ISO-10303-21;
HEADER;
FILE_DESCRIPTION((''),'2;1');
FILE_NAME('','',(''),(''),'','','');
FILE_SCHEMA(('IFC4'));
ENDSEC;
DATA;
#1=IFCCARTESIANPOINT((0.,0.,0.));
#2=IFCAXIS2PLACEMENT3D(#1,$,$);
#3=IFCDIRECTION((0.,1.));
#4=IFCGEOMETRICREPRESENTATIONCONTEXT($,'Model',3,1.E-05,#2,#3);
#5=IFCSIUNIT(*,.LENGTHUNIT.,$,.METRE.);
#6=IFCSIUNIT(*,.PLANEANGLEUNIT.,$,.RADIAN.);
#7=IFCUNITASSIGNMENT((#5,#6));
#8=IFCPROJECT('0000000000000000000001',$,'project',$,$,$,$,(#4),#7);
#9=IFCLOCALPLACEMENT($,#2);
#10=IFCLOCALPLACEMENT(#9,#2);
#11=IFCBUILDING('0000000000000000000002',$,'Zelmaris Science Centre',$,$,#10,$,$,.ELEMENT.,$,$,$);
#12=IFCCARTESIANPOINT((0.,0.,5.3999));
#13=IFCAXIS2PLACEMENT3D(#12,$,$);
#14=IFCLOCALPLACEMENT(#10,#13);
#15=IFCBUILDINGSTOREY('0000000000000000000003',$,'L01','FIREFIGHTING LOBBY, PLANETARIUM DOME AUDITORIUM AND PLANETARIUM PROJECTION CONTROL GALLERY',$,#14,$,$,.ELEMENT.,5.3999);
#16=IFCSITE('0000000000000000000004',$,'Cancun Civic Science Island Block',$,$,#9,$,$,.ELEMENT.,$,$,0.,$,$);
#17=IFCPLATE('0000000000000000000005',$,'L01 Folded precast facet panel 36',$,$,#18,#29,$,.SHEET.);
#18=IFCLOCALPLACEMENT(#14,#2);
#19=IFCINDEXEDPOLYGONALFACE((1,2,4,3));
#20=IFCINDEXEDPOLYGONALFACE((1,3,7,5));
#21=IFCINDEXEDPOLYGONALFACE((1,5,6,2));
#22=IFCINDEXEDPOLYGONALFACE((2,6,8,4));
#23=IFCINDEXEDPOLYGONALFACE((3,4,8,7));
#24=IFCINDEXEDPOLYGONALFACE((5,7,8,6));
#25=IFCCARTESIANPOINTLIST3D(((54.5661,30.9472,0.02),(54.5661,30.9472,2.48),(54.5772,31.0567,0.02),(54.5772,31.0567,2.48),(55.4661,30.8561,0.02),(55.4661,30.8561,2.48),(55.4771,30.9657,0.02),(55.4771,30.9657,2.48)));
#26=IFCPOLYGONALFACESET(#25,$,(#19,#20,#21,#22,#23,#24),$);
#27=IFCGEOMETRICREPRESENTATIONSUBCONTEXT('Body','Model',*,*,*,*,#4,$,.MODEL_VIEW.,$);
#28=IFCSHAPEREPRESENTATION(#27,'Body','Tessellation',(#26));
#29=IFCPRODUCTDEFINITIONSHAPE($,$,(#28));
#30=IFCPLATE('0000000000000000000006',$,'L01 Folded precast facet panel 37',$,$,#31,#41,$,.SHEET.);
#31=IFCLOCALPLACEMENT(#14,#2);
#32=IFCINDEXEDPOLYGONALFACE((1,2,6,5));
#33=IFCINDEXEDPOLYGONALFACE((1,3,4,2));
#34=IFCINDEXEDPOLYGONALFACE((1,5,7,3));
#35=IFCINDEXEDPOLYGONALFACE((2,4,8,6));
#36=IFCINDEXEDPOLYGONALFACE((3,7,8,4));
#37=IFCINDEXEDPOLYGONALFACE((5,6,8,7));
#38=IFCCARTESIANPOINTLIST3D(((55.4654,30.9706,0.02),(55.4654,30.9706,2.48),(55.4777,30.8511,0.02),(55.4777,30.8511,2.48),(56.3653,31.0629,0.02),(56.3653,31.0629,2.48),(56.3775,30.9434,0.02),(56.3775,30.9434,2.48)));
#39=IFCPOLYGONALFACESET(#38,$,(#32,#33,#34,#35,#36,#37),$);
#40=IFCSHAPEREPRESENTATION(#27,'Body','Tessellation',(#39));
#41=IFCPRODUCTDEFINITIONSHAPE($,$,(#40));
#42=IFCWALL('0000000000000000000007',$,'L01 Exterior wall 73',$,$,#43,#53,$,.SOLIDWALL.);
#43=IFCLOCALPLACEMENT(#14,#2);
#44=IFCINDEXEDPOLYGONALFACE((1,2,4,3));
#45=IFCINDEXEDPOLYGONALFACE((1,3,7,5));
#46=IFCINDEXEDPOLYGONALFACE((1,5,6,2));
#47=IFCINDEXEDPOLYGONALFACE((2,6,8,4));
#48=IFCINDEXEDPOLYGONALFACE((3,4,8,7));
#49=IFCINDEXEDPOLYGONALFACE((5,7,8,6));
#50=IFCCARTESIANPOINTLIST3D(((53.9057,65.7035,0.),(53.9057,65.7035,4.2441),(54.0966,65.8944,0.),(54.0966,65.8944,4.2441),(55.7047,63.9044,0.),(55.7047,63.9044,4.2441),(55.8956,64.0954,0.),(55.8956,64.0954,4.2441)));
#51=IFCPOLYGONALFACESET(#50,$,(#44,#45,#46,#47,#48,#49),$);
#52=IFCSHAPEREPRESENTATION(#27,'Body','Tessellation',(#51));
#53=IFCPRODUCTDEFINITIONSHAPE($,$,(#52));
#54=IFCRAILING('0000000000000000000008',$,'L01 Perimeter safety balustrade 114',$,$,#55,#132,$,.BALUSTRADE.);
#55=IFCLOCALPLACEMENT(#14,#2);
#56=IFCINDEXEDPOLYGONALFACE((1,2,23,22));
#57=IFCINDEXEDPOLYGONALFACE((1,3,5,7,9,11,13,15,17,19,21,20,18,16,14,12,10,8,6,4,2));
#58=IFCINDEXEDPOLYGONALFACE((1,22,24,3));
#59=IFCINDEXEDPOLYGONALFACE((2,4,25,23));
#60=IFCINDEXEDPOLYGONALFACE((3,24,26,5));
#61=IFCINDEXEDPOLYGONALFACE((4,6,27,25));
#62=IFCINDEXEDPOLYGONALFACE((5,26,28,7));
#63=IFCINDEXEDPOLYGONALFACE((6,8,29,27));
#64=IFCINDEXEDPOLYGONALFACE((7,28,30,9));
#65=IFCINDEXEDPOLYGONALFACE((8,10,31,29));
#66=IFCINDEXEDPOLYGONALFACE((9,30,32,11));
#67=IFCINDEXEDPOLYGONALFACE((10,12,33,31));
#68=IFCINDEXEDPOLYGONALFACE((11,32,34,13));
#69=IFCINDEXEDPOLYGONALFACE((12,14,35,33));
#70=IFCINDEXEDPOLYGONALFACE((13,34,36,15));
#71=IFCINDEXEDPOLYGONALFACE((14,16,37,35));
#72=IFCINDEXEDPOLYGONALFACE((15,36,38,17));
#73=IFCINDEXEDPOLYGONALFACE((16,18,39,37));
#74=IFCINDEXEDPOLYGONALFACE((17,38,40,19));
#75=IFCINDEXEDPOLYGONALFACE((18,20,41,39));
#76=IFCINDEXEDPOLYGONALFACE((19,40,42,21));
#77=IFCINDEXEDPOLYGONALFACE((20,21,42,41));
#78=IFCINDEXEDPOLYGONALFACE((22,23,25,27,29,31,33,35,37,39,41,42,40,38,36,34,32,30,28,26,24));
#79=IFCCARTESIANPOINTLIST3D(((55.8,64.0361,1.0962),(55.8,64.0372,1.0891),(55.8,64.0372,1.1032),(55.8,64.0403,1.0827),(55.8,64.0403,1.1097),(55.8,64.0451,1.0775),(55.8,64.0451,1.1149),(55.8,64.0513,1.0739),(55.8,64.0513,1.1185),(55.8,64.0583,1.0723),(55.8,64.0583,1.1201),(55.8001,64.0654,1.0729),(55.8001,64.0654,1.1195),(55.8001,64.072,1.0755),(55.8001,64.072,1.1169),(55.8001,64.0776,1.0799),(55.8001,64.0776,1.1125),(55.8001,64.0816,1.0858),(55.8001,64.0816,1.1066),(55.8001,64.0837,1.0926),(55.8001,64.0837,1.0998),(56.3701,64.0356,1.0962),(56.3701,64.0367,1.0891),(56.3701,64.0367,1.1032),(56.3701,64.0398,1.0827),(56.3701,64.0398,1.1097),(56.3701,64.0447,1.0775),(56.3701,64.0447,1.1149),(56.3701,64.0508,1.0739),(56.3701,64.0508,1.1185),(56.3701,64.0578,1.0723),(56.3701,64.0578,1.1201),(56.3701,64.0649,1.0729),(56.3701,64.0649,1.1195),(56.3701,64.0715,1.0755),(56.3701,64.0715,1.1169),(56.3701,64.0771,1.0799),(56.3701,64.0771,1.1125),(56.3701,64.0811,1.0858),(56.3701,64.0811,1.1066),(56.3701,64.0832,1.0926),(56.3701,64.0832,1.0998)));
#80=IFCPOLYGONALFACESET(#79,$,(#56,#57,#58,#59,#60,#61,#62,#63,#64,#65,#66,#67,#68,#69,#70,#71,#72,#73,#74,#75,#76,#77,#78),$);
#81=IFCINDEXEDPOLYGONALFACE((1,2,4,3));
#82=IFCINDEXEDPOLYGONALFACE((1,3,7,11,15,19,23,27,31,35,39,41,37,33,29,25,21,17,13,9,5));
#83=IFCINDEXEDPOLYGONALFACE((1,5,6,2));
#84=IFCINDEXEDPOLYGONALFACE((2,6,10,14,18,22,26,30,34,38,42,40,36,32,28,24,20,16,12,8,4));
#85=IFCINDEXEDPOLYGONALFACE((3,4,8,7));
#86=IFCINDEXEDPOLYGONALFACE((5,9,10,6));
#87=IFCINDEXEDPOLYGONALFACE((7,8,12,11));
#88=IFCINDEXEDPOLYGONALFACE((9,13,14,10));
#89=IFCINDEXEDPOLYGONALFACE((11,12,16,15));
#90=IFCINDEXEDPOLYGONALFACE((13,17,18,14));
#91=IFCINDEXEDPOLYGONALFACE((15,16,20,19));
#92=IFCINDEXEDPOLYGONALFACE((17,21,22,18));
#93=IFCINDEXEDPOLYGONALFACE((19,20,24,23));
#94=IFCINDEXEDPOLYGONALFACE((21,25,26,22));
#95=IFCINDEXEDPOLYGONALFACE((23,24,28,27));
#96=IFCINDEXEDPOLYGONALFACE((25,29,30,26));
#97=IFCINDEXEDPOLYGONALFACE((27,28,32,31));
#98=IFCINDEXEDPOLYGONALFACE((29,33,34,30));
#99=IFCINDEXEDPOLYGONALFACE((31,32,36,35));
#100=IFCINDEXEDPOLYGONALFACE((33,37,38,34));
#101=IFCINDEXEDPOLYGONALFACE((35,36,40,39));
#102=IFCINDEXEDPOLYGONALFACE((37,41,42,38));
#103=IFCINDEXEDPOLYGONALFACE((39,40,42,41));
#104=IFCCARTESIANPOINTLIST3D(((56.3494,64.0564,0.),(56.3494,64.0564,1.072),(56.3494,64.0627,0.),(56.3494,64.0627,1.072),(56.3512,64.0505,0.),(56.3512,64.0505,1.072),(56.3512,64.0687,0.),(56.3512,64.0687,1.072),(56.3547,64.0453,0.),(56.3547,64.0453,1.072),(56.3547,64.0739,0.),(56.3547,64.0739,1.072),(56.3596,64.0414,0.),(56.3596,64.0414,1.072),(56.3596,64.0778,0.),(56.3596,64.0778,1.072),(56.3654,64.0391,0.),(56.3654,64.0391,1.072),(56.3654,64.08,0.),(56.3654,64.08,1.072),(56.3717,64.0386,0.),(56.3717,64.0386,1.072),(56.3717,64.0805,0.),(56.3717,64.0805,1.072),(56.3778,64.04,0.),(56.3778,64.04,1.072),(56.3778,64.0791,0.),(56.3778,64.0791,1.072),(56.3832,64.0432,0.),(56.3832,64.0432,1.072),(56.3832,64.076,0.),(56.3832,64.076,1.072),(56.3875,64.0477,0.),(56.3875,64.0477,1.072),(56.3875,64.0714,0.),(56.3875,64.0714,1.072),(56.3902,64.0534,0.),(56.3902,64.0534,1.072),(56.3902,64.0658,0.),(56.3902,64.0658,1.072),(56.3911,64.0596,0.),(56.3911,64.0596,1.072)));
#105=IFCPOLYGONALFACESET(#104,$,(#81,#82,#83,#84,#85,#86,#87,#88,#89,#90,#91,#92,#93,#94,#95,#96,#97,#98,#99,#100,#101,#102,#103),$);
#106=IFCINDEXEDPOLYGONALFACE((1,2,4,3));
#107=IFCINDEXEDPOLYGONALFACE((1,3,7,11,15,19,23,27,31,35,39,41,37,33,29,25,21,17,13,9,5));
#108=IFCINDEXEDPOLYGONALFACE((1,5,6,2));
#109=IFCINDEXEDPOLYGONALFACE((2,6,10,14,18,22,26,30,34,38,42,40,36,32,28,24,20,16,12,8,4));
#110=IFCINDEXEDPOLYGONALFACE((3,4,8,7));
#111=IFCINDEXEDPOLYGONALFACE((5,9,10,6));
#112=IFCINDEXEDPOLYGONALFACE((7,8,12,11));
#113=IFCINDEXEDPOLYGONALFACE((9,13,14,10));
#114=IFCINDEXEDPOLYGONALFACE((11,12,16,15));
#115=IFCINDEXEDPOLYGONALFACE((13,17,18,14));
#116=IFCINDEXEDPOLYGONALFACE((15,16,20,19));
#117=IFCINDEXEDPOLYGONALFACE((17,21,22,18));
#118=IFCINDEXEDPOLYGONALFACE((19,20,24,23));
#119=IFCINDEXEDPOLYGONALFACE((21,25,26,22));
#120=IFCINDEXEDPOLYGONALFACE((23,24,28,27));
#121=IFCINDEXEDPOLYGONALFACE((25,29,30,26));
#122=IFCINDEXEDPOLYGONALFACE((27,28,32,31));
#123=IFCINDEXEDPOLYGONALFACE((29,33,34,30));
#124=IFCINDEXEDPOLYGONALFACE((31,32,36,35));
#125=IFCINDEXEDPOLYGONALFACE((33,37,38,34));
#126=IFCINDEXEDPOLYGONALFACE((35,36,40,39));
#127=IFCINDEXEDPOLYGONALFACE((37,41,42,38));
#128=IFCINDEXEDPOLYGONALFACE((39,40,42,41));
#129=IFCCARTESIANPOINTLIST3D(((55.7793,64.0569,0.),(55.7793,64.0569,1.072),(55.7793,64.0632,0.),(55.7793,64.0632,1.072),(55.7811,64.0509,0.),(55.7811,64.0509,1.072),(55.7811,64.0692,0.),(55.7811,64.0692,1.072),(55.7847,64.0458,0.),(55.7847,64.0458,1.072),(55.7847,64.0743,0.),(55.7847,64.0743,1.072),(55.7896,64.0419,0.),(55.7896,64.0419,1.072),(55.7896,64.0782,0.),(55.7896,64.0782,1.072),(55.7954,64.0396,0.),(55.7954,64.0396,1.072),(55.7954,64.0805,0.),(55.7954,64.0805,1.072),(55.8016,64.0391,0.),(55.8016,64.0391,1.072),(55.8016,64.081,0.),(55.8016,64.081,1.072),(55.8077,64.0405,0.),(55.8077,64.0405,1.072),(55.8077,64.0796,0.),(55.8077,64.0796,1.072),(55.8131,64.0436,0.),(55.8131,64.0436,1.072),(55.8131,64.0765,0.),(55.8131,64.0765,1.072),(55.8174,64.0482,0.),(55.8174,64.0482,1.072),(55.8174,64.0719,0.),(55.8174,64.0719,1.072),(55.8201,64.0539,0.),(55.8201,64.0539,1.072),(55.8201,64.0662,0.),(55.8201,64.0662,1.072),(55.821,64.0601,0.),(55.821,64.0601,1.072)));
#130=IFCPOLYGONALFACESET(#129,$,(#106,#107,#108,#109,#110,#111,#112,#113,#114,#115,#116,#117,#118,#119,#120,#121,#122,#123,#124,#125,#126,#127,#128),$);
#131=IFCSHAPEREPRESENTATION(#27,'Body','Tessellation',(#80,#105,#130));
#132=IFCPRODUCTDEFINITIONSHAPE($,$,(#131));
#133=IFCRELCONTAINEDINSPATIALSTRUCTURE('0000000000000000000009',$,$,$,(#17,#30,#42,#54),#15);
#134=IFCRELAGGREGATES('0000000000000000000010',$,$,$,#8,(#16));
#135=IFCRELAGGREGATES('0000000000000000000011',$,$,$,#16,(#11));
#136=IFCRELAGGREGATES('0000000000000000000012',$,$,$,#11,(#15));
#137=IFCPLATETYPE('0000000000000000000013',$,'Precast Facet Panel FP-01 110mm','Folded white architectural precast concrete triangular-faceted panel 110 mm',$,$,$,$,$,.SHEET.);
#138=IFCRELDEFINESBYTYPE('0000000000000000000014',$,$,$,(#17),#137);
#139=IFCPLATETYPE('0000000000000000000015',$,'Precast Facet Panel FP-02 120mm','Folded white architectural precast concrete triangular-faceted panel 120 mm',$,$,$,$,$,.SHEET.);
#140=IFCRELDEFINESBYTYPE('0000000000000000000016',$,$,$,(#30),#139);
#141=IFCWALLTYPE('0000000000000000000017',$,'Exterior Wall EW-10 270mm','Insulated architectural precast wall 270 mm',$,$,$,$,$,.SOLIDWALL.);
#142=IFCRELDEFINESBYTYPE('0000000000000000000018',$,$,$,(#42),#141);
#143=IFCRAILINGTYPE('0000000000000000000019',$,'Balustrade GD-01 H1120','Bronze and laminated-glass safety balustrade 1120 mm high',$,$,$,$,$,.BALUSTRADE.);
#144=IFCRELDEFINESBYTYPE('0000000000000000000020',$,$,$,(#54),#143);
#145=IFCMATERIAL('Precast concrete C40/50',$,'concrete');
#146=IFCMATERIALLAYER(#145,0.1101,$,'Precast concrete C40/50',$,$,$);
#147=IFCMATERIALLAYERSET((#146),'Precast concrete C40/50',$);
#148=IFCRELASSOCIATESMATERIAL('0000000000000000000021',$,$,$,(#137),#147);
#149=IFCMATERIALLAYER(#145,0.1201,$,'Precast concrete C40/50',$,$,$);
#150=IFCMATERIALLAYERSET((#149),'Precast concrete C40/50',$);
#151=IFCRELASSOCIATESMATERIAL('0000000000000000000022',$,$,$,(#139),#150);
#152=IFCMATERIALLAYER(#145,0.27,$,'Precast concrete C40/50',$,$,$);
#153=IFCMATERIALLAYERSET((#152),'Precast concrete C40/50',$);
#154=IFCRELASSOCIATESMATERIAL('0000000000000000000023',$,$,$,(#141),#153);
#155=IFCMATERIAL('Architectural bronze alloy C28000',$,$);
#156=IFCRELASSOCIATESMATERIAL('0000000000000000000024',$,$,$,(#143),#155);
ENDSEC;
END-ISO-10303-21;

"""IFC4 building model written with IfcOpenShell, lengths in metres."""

from ifc_helpers import new_model, si_unit, direction, frame, frame_2d, origin, origin_2d, place, context, subcontext, project, spatial, rectangle, circle, extrude, material, layer, layer_set, type_object, element, save


model = new_model("IFC4")

# Units and contexts
model_context = context("Model", 3, precision=1e-05, world=origin(), true_north=direction((0.0, 1.0)))
body_context = subcontext(model_context, "Body", "Model", "MODEL_VIEW")
ifc_project = project(units=[si_unit("LENGTHUNIT", "METRE"), si_unit("PLANEANGLEUNIT", "RADIAN")], contexts=[model_context])

# Site, building, storey
site_placement = place(None, origin())
site = spatial("IfcSite", under=ifc_project, at=site_placement, Name="Cancun Civic Science Island Block", CompositionType="ELEMENT", RefElevation=0.0)
building_placement = place(site_placement, origin())
building = spatial("IfcBuilding", under=site, at=building_placement, Name="Zelmaris Science Centre", CompositionType="ELEMENT")
storey_placement = place(building_placement, frame((0.0, 0.0, 5.3999)))
storey = spatial("IfcBuildingStorey", under=building, at=storey_placement, Name="L01", Description="FIREFIGHTING LOBBY, PLANETARIUM DOME AUDITORIUM AND PLANETARIUM PROJECTION CONTROL GALLERY", CompositionType="ELEMENT", Elevation=5.3999)

# Plates
ifc_material_1 = material(Name="Precast concrete C40/50", Category="concrete")
ifc_layer_1 = layer(ifc_material_1, 0.1101, Name="Precast concrete C40/50")
ifc_layer_set_1 = layer_set([ifc_layer_1], Name="Precast concrete C40/50")
plate_type_1 = type_object("IfcPlateType", Name="Precast Facet Panel FP-01 110mm", Description="Folded white architectural precast concrete triangular-faceted panel 110 mm", PredefinedType="SHEET", material=ifc_layer_set_1)
plate_1_placement = place(storey_placement, frame((54.5718, 31.002, 0.02), z_axis=(0.0, 0.0, 1.0), x_axis=(0.994919, -0.10068, 0.0)))
element("IfcPlate", 1, at=plate_1_placement, inside=storey, type_object=plate_type_1, Name="L01 Folded precast facet panel 36", PredefinedType="SHEET", context=body_context, shape_type="SweptSolid", body=[
    extrude(rectangle(XDim=0.9045, YDim=0.1101, at=frame_2d((0.4521, 0.0))), origin(), (0.0, 0.0, 1.0), 2.46),
])
ifc_layer_2 = layer(ifc_material_1, 0.1201, Name="Precast concrete C40/50")
ifc_layer_set_2 = layer_set([ifc_layer_2], Name="Precast concrete C40/50")
plate_type_2 = type_object("IfcPlateType", Name="Precast Facet Panel FP-02 120mm", Description="Folded white architectural precast concrete triangular-faceted panel 120 mm", PredefinedType="SHEET", material=ifc_layer_set_2)
plate_2_placement = place(storey_placement, frame((55.4717, 30.9109, 0.02), z_axis=(0.0, 0.0, 1.0), x_axis=(0.994783, 0.102015, 0.0)))
element("IfcPlate", 2, at=plate_2_placement, inside=storey, type_object=plate_type_2, Name="L01 Folded precast facet panel 37", PredefinedType="SHEET", context=body_context, shape_type="SweptSolid", body=[
    extrude(rectangle(XDim=0.9045, YDim=0.1201, at=frame_2d((0.4521, 0.0))), origin(), (0.0, 0.0, 1.0), 2.46),
])

# Wall
ifc_layer_3 = layer(ifc_material_1, 0.27, Name="Precast concrete C40/50")
ifc_layer_set_3 = layer_set([ifc_layer_3], Name="Precast concrete C40/50")
wall_type = type_object("IfcWallType", Name="Exterior Wall EW-10 270mm", Description="Insulated architectural precast wall 270 mm", PredefinedType="SOLIDWALL", material=ifc_layer_set_3)
wall_placement = place(storey_placement, frame((55.8, 64.0, 0.0), z_axis=(0.0, 0.0, 1.0), x_axis=(-0.707107, 0.707107, 0.0)))
element("IfcWall", 3, at=wall_placement, inside=storey, type_object=wall_type, Name="L01 Exterior wall 73", PredefinedType="SOLIDWALL", context=body_context, shape_type="SweptSolid", body=[
    extrude(rectangle(XDim=2.5442, YDim=0.27, at=frame_2d((1.272, 0.0))), origin(), (0.0, 0.0, 1.0), 4.2441),
])

# Railing
ifc_material_2 = material(Name="Architectural bronze alloy C28000")
railing_type = type_object("IfcRailingType", Name="Balustrade GD-01 H1120", Description="Bronze and laminated-glass safety balustrade 1120 mm high", PredefinedType="BALUSTRADE", material=ifc_material_2)
railing_placement = place(storey_placement, frame((56.3701, 64.0596, 0.0)))
element("IfcRailing", 4, at=railing_placement, inside=storey, type_object=railing_type, Name="L01 Perimeter safety balustrade 114", PredefinedType="BALUSTRADE", context=body_context, shape_type="SweptSolid", body=[
    extrude(circle(Radius=0.0239, at=origin_2d()), frame((0.0, 0.0, 1.0962), z_axis=(-1.0, 0.000857, 0.0), x_axis=(-0.000857, -1.0, 0.0)), (0.0, 0.0, 1.0), 0.5701),
    extrude(circle(Radius=0.021, at=origin_2d()), origin(), (0.0, 0.0, 1.0), 1.072),
    extrude(circle(Radius=0.021, at=origin_2d()), frame((-0.5701, 0.0005, 0.0)), (0.0, 0.0, 1.0), 1.072),
])

save(model, "model.ifc")
